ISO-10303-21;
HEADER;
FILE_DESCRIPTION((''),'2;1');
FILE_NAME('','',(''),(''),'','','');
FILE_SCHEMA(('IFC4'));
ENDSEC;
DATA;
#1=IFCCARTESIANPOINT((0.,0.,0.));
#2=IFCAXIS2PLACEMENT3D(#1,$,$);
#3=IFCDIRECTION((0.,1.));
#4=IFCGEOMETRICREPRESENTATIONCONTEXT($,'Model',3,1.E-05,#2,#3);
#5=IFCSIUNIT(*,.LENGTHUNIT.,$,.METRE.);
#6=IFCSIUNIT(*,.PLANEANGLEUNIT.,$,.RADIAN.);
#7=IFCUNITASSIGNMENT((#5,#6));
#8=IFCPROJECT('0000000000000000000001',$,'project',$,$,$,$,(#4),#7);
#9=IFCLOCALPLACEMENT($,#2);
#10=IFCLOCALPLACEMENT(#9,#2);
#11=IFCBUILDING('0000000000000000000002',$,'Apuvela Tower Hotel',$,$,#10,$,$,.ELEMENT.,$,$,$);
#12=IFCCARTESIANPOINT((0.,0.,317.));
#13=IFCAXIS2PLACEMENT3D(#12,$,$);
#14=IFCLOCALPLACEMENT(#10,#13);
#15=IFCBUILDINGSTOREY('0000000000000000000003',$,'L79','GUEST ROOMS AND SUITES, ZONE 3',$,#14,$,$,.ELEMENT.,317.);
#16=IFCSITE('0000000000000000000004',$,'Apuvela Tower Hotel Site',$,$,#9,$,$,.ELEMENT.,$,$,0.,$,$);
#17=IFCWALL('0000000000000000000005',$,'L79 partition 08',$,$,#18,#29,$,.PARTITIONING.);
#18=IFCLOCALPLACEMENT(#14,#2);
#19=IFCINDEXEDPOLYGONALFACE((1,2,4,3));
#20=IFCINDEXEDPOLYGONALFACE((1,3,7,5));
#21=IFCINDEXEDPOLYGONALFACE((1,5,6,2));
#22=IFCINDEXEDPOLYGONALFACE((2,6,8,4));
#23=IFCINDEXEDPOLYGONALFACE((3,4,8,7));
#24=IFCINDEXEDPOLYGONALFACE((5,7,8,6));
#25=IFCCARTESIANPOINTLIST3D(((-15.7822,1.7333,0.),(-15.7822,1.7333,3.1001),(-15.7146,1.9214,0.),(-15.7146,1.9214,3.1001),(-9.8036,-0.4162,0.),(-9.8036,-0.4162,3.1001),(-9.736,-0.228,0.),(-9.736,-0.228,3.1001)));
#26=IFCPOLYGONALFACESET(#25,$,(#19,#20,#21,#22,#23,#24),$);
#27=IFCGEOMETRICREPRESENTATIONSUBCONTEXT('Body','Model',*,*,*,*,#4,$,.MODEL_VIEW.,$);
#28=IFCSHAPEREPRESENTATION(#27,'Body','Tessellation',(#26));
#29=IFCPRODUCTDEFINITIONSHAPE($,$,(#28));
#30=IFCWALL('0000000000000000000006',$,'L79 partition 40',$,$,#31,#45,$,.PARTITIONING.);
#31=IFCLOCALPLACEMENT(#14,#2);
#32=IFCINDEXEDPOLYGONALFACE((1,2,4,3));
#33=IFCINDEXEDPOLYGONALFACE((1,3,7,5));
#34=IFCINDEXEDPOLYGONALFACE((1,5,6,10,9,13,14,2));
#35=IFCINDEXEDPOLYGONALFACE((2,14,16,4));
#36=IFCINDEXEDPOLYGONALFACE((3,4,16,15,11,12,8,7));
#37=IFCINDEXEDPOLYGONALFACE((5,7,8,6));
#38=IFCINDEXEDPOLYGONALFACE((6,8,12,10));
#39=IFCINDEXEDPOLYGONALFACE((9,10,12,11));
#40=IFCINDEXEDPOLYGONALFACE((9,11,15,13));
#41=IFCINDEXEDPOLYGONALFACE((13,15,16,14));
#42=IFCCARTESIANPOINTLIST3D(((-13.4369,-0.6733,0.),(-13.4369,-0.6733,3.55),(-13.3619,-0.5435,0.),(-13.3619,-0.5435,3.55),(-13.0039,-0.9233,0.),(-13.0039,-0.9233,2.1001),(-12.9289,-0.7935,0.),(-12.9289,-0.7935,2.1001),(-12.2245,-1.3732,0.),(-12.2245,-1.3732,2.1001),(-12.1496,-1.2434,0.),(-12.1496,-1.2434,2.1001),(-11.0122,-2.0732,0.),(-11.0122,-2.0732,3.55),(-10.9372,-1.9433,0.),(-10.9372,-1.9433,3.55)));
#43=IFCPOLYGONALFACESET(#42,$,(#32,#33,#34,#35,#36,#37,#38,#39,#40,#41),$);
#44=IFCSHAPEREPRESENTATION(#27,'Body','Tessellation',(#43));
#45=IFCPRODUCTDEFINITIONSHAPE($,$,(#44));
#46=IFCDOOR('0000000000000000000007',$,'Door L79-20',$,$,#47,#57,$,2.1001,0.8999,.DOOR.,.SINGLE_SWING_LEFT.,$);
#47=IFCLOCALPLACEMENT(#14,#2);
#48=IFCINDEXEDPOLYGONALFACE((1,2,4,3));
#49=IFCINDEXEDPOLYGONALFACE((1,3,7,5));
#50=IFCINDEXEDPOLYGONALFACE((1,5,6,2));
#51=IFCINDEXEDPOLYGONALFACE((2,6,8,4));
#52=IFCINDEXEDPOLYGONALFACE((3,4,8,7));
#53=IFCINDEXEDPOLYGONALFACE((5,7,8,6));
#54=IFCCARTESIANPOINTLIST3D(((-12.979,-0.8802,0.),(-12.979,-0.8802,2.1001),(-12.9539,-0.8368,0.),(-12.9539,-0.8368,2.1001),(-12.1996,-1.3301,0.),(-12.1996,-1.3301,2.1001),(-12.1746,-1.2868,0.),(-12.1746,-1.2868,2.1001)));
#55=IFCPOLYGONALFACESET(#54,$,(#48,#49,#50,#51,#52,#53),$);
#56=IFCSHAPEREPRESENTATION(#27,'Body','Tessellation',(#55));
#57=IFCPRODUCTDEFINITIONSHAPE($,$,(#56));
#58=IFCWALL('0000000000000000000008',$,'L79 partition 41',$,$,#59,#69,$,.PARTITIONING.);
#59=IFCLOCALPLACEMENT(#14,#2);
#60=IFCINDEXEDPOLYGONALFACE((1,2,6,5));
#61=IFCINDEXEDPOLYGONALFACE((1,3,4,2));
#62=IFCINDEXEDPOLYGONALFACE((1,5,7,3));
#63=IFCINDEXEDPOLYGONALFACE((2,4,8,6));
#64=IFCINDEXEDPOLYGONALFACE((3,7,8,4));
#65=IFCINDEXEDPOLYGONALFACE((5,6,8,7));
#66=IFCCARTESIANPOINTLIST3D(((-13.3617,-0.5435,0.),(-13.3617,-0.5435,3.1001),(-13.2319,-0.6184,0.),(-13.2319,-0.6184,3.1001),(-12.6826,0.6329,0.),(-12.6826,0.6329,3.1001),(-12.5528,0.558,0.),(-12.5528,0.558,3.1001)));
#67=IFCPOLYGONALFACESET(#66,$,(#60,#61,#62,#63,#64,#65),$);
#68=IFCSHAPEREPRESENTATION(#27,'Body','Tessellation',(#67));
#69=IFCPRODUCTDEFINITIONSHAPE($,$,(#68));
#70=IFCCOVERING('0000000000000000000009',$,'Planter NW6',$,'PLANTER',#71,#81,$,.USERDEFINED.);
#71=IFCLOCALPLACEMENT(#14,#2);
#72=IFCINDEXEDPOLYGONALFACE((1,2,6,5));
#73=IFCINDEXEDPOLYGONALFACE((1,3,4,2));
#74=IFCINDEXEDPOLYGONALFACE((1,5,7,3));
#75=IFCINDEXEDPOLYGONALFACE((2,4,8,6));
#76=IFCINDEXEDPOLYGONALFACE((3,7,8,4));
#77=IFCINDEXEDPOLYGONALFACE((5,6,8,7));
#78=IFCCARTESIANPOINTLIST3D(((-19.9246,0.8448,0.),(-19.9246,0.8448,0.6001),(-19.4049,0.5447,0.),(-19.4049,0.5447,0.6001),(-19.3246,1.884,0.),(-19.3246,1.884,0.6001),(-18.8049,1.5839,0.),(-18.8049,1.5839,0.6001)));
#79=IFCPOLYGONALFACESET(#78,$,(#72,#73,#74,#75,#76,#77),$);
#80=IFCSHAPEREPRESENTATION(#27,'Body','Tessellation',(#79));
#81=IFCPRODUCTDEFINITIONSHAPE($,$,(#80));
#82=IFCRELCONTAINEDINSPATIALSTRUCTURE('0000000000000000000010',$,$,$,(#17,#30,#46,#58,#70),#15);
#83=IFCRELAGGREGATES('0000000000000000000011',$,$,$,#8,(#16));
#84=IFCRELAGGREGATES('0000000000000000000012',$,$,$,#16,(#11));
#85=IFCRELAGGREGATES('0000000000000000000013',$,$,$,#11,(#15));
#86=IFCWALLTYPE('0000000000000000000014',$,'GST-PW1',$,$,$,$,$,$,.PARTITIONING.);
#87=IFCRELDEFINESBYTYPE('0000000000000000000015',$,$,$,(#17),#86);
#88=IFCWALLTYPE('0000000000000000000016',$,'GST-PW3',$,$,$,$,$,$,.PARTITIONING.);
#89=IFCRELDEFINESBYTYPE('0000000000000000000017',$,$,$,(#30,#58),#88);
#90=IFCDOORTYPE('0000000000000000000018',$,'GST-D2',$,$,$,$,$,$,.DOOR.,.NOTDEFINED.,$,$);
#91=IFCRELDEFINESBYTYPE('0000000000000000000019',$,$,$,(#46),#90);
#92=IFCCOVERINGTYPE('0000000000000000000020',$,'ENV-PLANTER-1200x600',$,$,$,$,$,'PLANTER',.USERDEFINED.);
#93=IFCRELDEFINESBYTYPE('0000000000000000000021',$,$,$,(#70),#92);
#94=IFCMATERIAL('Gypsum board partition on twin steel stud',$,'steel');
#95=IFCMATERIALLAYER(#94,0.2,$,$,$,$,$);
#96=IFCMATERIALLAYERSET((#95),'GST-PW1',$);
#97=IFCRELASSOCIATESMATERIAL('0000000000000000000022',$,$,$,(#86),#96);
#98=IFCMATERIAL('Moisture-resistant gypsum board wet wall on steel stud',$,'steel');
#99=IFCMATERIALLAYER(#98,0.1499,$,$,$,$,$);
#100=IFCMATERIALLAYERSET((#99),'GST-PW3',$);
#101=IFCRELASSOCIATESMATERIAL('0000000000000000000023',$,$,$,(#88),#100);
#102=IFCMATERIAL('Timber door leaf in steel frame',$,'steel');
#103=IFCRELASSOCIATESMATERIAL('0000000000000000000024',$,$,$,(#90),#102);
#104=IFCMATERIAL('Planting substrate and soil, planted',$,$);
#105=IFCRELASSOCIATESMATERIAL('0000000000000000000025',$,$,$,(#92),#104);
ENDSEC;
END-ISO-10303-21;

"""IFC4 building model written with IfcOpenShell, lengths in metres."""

from ifc_helpers import new_model, si_unit, direction, frame, frame_2d, origin, origin_2d, place, context, subcontext, project, spatial, rectangle, extrude, material, layer, layer_set, type_object, element, fill, save


model = new_model("IFC4")

# Units and contexts
model_context = context("Model", 3, precision=1e-05, world=origin(), true_north=direction((0.0, 1.0)))
body_context = subcontext(model_context, "Body", "Model", "MODEL_VIEW")
ifc_project = project(units=[si_unit("LENGTHUNIT", "METRE"), si_unit("PLANEANGLEUNIT", "RADIAN")], contexts=[model_context])

# Site, building, storey
site_placement = place(None, origin())
site = spatial("IfcSite", under=ifc_project, at=site_placement, Name="Apuvela Tower Hotel Site", CompositionType="ELEMENT", RefElevation=0.0)
building_placement = place(site_placement, origin())
building = spatial("IfcBuilding", under=site, at=building_placement, Name="Apuvela Tower Hotel", CompositionType="ELEMENT")
storey_placement = place(building_placement, frame((0.0, 0.0, 317.0)))
storey = spatial("IfcBuildingStorey", under=building, at=storey_placement, Name="L79", Description="GUEST ROOMS AND SUITES, ZONE 3", CompositionType="ELEMENT", Elevation=317.0)

# Wall
ifc_material_1 = material(Name="Gypsum board partition on twin steel stud", Category="steel")
ifc_layer_1 = layer(ifc_material_1, 0.2)
ifc_layer_set_1 = layer_set([ifc_layer_1], Name="GST-PW1")
wall_type_1 = type_object("IfcWallType", Name="GST-PW1", PredefinedType="PARTITIONING", material=ifc_layer_set_1)
wall_1_placement = place(storey_placement, frame((-15.7485, 1.8274, 0.0), z_axis=(0.0, 0.0, 1.0), x_axis=(0.94103, -0.338322, 0.0)))
element("IfcWall", 1, at=wall_1_placement, inside=storey, type_object=wall_type_1, Name="L79 partition 08", PredefinedType="PARTITIONING", context=body_context, shape_type="SweptSolid", body=[
    extrude(rectangle(XDim=6.3533, YDim=0.2, at=frame_2d((3.1768, 0.0))), origin(), (0.0, 0.0, 1.0), 3.1001),
])

# Wall, opening, door
ifc_material_2 = material(Name="Moisture-resistant gypsum board wet wall on steel stud", Category="steel")
ifc_layer_2 = layer(ifc_material_2, 0.1499)
ifc_layer_set_2 = layer_set([ifc_layer_2], Name="GST-PW3")
wall_type_2 = type_object("IfcWallType", Name="GST-PW3", PredefinedType="PARTITIONING", material=ifc_layer_set_2)
wall_2_placement = place(storey_placement, frame((-13.3994, -0.6084, 0.0), z_axis=(0.0, 0.0, 1.0), x_axis=(0.866035, -0.499984, 0.0)))
wall_2 = element("IfcWall", 2, at=wall_2_placement, inside=storey, type_object=wall_type_2, Name="L79 partition 40", PredefinedType="PARTITIONING", context=body_context, shape_type="SweptSolid", body=[
    extrude(rectangle(XDim=2.7998, YDim=0.1499, at=frame_2d((1.3999, 0.0))), origin(), (0.0, 0.0, 1.0), 3.55),
])
opening_1_placement = place(wall_2_placement, frame((0.5, 0.0, 0.0)))
opening_1 = element("IfcOpeningElement", 3, at=opening_1_placement, cuts=wall_2, PredefinedType="OPENING", context=body_context, shape_type="SweptSolid", body=[
    extrude(rectangle(XDim=0.8999, YDim=2.1001, at=frame_2d((0.45, 1.05))), frame((0.0, 0.085, 0.0), z_axis=(0.0, -1.0, 0.0), x_axis=(1.0, 0.0, 0.0)), (0.0, 0.0, 1.0), 0.1699),
])
ifc_material_3 = material(Name="Timber door leaf in steel frame", Category="steel")
door_type_1 = type_object("IfcDoorType", Name="GST-D2", OperationType="NOTDEFINED", PredefinedType="DOOR", material=ifc_material_3)
door_1_placement = place(opening_1_placement, origin())
door_1 = element("IfcDoor", 4, at=door_1_placement, inside=storey, type_object=door_type_1, Name="Door L79-20", OperationType="SINGLE_SWING_LEFT", OverallHeight=2.1001, OverallWidth=0.8999, PredefinedType="DOOR", context=body_context, shape_type="SweptSolid", body=[
    extrude(rectangle(XDim=0.8999, YDim=2.1001, at=frame_2d((0.45, 1.05))), frame((0.0, 0.0249, 0.0), z_axis=(0.0, -1.0, 0.0), x_axis=(1.0, 0.0, 0.0)), (0.0, 0.0, 1.0), 0.05),
])
fill(opening_1, door_1)

# Wall
wall_3_placement = place(storey_placement, frame((-12.6177, 0.5955, 0.0), z_axis=(0.0, 0.0, 1.0), x_axis=(-0.499966, -0.866045, 0.0)))
element("IfcWall", 5, at=wall_3_placement, inside=storey, type_object=wall_type_2, Name="L79 partition 41", PredefinedType="PARTITIONING", context=body_context, shape_type="SweptSolid", body=[
    extrude(rectangle(XDim=1.3584, YDim=0.1499, at=frame_2d((0.6792, 0.0))), origin(), (0.0, 0.0, 1.0), 3.1001),
])

# Covering
ifc_material_4 = material(Name="Planting substrate and soil, planted")
covering_type = type_object("IfcCoveringType", Name="ENV-PLANTER-1200x600", ElementType="PLANTER", PredefinedType="USERDEFINED", material=ifc_material_4)
covering_placement = place(storey_placement, frame((-19.3647, 1.2144, 0.0), z_axis=(0.0, 0.0, 1.0), x_axis=(-0.5, -0.866025, 0.0)))
element("IfcCovering", 6, at=covering_placement, inside=storey, type_object=covering_type, Name="Planter NW6", ObjectType="PLANTER", PredefinedType="USERDEFINED", context=body_context, shape_type="SweptSolid", body=[
    extrude(rectangle(XDim=1.2, YDim=0.6001, at=origin_2d()), origin(), (0.0, 0.0, 1.0), 0.6001),
])

save(model, "model.ifc")
